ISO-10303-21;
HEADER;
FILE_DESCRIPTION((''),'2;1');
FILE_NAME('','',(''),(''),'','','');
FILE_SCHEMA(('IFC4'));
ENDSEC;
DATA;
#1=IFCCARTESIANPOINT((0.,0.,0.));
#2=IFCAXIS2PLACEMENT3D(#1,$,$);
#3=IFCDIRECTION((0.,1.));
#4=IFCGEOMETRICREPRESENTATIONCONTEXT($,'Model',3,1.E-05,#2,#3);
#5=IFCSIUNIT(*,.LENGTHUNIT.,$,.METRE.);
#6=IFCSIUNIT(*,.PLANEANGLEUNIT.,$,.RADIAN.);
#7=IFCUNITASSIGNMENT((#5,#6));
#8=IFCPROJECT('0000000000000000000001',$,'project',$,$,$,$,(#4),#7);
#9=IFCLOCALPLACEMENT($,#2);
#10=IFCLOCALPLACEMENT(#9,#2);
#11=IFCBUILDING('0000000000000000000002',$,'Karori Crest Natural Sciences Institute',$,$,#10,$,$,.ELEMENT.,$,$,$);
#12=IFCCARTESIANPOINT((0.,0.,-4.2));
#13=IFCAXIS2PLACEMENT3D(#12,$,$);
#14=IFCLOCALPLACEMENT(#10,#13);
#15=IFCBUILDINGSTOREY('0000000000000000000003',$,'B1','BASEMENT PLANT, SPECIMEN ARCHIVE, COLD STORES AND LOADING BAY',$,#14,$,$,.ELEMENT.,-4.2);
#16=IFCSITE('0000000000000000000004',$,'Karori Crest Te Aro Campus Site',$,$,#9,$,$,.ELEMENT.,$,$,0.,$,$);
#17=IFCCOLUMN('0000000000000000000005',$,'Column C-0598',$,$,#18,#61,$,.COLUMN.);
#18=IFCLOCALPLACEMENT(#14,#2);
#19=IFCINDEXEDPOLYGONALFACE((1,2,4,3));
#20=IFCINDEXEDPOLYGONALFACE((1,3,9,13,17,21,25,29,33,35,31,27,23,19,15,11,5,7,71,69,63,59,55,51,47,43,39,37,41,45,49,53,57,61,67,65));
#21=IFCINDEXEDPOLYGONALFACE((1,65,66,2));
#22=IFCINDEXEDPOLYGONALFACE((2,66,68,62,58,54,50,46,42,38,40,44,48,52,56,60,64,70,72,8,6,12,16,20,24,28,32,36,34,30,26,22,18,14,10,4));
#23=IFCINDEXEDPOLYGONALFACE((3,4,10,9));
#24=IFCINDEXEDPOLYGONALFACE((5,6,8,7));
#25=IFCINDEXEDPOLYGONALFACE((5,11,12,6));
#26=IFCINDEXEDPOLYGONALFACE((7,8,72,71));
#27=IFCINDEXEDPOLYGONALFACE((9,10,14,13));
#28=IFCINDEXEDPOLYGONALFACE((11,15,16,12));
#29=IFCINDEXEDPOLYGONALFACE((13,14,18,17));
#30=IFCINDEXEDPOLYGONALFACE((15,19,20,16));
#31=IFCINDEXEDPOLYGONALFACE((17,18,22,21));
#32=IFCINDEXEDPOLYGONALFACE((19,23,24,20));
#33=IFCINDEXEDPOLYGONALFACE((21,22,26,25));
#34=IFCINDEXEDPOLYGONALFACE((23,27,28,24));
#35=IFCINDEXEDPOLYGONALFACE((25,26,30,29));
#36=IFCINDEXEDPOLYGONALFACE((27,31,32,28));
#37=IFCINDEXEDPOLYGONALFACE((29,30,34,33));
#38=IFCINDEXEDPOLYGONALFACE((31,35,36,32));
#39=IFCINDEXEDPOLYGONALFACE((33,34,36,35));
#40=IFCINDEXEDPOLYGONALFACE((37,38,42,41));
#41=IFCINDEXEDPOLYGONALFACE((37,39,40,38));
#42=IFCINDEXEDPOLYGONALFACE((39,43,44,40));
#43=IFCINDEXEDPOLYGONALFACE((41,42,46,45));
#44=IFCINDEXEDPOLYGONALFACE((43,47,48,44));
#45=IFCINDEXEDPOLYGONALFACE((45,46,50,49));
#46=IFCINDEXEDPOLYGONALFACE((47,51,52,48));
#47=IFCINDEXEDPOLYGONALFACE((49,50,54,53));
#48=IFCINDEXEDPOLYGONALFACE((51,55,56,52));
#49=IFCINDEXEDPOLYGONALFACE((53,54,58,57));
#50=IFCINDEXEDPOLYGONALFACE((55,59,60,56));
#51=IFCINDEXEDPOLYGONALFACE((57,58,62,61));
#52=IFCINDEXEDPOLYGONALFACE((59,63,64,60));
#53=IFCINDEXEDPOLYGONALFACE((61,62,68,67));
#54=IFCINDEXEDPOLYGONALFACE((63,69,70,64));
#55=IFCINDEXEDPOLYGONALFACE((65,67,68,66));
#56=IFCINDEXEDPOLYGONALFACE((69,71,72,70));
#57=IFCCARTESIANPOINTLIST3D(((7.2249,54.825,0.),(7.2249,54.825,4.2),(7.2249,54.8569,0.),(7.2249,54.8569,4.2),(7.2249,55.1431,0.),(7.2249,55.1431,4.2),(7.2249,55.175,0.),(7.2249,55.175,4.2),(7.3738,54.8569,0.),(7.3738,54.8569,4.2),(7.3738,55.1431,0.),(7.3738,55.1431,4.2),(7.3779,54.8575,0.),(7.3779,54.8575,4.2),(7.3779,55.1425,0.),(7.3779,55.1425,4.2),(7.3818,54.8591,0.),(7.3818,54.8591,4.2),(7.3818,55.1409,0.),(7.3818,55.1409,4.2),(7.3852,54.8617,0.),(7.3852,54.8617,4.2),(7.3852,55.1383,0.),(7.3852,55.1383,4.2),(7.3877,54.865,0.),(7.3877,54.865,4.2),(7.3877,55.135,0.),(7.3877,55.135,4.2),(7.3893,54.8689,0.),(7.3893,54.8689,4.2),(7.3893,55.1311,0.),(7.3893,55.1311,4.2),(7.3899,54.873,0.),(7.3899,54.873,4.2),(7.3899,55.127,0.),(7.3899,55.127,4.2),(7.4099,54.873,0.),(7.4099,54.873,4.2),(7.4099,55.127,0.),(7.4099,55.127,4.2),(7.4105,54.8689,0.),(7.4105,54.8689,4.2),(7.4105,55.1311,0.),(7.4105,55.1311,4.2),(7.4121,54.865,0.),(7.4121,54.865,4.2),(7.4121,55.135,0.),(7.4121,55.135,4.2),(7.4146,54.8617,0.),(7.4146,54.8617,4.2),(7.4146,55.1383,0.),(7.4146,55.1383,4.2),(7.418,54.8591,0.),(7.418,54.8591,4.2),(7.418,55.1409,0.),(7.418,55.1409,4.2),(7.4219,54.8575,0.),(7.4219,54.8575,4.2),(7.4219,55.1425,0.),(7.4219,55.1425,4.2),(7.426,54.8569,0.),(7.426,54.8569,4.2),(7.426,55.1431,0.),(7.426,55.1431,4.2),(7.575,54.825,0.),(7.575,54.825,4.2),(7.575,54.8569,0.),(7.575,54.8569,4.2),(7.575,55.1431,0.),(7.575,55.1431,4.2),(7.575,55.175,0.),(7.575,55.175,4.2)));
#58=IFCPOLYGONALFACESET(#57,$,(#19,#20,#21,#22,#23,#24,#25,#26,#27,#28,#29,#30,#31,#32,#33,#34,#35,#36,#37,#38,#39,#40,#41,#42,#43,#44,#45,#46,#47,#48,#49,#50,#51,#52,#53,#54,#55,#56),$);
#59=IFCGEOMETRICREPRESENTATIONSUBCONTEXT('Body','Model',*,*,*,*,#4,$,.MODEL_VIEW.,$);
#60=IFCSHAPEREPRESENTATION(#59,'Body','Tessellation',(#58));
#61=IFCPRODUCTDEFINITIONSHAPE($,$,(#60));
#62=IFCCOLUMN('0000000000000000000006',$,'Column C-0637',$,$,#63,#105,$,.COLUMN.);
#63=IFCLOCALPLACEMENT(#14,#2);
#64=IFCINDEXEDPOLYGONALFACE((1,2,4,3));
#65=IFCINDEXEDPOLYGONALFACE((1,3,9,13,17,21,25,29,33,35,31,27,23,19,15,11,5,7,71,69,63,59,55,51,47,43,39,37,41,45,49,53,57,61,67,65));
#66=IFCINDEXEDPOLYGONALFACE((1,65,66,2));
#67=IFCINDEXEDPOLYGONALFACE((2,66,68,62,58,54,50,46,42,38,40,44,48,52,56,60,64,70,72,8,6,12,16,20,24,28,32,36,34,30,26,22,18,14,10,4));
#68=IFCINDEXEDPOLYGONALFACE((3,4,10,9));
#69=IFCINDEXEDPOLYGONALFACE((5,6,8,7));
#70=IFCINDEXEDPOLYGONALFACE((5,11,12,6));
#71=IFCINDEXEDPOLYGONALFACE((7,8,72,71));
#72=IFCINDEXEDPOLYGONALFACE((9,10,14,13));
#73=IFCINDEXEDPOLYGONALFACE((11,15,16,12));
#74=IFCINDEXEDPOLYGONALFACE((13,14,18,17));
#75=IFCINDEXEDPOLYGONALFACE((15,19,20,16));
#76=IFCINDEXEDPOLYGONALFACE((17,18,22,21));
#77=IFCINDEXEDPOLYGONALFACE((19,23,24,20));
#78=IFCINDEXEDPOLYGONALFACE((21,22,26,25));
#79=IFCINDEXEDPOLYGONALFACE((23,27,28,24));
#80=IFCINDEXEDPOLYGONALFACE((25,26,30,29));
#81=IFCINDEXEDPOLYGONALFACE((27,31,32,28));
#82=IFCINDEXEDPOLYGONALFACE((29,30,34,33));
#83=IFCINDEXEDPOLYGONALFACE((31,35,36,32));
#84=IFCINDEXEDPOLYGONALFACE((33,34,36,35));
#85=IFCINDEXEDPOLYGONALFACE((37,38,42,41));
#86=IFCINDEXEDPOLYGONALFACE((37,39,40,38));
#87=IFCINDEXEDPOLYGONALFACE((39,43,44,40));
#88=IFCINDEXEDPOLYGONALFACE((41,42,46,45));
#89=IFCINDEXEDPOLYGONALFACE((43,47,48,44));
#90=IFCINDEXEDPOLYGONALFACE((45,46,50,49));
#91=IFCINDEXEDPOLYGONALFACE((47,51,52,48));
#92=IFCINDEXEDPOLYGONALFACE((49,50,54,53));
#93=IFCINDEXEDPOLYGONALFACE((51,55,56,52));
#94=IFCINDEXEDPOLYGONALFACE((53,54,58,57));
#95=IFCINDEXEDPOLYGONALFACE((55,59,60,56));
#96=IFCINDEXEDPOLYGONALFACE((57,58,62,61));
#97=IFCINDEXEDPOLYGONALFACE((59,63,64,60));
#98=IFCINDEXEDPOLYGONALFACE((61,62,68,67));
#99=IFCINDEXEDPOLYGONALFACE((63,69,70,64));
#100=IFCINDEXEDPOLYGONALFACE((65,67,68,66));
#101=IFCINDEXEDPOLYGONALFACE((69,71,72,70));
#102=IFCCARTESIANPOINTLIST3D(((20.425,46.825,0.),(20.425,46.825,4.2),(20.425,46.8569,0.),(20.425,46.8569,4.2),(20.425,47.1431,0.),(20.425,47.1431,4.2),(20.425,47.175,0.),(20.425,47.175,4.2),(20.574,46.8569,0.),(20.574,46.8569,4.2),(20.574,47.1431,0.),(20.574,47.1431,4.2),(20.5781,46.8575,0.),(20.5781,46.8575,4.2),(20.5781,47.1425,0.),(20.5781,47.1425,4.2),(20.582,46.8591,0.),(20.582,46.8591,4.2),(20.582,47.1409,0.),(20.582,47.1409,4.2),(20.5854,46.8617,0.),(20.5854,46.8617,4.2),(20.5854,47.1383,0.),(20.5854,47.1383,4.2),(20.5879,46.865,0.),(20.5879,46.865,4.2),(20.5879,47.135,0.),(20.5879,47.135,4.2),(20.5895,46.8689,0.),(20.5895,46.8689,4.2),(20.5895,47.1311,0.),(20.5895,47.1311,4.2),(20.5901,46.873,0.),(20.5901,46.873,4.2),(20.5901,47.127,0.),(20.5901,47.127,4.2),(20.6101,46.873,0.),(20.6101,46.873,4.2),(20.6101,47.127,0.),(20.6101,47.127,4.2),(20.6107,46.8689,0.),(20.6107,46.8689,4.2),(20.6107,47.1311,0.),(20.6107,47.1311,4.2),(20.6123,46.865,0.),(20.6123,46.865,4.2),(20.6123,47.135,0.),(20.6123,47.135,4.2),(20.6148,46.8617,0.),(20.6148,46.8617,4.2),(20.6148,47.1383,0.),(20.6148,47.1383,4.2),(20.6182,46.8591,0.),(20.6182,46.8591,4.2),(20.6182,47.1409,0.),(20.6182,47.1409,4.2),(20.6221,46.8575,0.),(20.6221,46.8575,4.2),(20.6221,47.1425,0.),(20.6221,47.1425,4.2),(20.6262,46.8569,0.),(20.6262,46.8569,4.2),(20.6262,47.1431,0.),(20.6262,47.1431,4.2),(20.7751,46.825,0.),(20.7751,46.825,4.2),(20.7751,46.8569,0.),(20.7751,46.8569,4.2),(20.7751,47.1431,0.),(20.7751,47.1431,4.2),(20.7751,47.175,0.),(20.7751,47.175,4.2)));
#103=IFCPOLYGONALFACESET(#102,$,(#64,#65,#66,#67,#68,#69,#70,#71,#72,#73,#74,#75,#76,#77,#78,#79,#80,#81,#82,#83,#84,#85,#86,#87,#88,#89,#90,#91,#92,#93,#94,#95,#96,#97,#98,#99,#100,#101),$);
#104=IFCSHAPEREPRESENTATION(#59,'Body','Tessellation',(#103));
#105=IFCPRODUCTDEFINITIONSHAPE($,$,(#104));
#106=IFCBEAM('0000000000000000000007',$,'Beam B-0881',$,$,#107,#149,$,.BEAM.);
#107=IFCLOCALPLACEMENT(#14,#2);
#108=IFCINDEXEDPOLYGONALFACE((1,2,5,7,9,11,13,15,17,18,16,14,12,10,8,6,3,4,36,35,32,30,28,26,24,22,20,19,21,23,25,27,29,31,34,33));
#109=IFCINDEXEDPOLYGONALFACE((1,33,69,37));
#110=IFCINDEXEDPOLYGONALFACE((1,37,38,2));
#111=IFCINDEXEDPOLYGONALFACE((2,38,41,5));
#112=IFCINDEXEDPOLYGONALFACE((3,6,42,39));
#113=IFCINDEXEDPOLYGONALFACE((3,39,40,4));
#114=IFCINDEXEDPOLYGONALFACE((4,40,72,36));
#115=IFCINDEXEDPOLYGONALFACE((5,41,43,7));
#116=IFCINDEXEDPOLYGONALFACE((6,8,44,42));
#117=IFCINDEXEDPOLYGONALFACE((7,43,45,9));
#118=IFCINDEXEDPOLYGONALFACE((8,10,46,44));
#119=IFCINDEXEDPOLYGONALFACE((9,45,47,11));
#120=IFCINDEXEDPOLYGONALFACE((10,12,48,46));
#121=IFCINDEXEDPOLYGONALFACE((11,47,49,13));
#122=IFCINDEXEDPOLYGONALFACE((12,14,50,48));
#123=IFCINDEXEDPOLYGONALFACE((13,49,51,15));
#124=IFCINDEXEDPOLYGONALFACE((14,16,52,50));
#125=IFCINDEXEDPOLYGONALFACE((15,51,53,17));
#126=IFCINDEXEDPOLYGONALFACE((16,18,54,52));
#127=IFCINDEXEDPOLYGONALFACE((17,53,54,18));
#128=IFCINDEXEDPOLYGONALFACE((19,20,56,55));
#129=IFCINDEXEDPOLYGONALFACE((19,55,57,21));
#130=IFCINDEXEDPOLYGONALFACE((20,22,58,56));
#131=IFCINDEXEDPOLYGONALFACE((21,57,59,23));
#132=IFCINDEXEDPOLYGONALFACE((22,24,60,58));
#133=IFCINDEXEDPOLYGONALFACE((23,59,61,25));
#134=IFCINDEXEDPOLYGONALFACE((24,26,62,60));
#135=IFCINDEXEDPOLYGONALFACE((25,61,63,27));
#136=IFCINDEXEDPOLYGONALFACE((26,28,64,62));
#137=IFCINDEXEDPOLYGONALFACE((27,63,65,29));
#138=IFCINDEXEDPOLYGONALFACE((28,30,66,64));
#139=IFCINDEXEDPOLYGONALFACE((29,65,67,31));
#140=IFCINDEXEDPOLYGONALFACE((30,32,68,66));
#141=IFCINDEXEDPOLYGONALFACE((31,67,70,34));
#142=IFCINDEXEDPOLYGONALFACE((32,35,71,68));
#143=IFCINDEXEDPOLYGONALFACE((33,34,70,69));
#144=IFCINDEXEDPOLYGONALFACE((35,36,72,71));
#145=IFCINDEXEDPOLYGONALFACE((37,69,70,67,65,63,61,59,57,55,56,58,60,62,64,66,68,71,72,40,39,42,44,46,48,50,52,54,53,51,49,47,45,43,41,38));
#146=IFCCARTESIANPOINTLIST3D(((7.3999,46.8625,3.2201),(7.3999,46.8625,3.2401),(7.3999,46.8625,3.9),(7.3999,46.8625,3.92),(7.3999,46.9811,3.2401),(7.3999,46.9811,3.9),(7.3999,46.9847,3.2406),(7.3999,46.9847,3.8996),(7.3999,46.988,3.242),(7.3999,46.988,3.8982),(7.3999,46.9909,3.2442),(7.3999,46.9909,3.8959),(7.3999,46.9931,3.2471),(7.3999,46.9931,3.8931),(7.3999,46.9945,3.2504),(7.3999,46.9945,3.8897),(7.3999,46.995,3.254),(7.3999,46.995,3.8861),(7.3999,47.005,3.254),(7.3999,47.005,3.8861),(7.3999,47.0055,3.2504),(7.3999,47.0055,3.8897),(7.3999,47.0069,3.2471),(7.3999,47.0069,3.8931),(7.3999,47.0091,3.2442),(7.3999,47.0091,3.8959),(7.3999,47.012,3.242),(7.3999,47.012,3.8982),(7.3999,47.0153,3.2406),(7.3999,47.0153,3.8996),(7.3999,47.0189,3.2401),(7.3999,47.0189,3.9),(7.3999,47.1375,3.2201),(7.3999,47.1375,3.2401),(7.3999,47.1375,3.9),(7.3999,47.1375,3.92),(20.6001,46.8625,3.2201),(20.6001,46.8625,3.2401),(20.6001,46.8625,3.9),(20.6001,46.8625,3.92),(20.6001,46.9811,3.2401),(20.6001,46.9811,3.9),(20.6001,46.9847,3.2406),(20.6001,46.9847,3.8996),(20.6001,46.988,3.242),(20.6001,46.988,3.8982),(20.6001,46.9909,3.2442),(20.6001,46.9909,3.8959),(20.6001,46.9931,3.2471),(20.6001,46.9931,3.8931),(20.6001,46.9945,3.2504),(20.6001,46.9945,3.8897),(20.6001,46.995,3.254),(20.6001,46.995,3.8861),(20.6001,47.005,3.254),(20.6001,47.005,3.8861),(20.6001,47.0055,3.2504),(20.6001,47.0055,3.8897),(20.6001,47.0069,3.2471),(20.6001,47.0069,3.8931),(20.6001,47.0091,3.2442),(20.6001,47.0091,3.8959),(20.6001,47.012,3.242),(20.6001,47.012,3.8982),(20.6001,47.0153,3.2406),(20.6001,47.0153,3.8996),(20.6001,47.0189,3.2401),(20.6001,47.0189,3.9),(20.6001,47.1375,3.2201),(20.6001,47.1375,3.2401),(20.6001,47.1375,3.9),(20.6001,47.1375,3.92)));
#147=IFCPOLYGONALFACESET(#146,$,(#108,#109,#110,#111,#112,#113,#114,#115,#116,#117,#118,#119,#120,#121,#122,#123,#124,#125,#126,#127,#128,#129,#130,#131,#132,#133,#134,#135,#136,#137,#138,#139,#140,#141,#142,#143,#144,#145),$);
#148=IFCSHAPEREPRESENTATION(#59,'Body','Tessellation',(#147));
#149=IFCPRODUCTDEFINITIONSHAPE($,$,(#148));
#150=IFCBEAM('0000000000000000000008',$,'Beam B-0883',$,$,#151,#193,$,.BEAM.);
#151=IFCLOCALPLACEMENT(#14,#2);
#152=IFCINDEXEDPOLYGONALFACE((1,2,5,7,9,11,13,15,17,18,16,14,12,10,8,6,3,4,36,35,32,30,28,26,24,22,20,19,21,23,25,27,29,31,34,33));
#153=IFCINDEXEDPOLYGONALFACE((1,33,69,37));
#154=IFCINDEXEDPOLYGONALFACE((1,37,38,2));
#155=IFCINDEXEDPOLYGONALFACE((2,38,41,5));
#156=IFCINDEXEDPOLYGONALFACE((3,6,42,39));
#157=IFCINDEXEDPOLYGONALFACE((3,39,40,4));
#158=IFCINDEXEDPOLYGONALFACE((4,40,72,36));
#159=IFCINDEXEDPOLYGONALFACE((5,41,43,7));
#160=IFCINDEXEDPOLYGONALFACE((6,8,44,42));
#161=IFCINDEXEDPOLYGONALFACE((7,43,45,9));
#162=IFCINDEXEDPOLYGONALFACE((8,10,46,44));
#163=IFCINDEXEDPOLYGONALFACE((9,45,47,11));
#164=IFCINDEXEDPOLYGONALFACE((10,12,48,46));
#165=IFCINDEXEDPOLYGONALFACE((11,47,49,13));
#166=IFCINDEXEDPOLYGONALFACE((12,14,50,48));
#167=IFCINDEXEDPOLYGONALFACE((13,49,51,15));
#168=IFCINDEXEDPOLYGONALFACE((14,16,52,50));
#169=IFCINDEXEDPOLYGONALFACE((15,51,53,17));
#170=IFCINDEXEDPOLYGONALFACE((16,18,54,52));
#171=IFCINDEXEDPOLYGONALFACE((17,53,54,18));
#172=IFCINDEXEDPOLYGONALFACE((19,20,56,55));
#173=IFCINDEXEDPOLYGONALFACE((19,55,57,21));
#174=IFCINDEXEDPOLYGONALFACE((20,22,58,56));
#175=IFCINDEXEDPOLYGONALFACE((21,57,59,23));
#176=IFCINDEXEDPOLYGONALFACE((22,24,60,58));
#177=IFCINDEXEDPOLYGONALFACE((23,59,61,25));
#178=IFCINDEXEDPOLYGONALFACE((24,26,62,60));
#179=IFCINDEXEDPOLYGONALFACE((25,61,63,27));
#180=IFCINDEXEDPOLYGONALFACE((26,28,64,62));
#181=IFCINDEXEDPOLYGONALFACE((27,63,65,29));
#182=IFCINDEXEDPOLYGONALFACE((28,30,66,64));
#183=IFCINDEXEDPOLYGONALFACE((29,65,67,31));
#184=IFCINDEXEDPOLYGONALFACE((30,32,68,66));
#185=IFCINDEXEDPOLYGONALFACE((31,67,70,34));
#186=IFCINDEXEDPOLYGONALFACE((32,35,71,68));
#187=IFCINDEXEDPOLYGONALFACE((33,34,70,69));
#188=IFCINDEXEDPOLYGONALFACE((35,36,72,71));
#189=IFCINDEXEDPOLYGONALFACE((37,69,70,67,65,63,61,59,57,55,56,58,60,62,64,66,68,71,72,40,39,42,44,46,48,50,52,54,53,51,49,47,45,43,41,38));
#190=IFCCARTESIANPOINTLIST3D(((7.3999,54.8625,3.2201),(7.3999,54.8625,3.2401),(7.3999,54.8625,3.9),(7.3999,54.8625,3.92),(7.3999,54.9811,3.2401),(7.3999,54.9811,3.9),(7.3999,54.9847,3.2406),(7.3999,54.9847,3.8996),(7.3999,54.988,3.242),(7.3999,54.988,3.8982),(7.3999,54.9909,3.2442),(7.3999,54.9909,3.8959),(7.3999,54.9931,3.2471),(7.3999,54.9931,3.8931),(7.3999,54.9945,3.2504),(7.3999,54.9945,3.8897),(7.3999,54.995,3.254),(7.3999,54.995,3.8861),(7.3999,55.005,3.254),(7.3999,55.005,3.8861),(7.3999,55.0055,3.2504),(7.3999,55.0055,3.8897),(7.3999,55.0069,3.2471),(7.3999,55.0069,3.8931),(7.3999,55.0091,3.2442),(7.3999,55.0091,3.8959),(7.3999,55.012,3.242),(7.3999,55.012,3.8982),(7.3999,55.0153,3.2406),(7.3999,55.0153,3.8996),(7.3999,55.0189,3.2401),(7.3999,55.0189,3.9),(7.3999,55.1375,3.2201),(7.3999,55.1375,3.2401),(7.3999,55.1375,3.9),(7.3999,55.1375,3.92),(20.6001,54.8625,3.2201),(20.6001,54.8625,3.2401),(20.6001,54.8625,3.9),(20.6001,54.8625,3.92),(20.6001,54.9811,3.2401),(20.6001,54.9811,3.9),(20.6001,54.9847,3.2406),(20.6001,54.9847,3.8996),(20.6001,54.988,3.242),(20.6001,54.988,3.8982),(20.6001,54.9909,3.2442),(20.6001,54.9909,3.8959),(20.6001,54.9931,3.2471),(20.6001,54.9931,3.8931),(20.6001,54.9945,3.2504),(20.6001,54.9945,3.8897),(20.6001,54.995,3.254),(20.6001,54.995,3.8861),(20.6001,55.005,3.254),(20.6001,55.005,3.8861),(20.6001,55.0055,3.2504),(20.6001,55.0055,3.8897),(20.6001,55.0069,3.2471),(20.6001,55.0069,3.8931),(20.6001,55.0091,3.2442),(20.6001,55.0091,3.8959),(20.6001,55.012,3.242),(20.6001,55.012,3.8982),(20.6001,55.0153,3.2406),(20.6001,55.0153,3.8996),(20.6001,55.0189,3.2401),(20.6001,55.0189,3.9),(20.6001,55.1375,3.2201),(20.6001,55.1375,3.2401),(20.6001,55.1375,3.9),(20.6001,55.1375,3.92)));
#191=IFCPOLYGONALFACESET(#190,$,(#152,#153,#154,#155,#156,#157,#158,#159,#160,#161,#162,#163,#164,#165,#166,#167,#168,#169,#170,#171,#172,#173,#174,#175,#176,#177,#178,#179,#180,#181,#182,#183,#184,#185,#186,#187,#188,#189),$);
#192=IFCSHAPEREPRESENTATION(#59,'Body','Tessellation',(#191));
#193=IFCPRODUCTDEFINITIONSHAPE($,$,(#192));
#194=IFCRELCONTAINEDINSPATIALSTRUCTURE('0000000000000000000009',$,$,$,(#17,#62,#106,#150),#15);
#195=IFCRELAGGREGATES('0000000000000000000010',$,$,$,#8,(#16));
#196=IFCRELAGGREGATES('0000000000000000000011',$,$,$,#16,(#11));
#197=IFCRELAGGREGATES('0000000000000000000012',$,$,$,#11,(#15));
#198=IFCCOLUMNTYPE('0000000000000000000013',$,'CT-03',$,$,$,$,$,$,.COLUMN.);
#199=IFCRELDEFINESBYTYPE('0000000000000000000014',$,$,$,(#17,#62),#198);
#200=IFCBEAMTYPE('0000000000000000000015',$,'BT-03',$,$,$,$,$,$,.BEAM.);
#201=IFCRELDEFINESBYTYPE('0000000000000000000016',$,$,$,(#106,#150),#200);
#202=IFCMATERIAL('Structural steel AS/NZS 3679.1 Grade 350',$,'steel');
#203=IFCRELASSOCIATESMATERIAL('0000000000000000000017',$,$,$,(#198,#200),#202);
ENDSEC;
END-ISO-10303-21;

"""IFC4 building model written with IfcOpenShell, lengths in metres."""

from ifc_helpers import new_model, si_unit, direction, frame, origin, origin_2d, place, context, subcontext, project, spatial, i_section, extrude, material, material_profile, profile_set, type_object, element, save


model = new_model("IFC4")

# Units and contexts
model_context = context("Model", 3, precision=1e-05, world=origin(), true_north=direction((0.0, 1.0)))
body_context = subcontext(model_context, "Body", "Model", "MODEL_VIEW")
ifc_project = project(units=[si_unit("LENGTHUNIT", "METRE"), si_unit("PLANEANGLEUNIT", "RADIAN")], contexts=[model_context])

# Site, building, storey
site_placement = place(None, origin())
site = spatial("IfcSite", under=ifc_project, at=site_placement, Name="Karori Crest Te Aro Campus Site", CompositionType="ELEMENT", RefElevation=0.0)
building_placement = place(site_placement, origin())
building = spatial("IfcBuilding", under=site, at=building_placement, Name="Karori Crest Natural Sciences Institute", CompositionType="ELEMENT")
storey_placement = place(building_placement, frame((0.0, 0.0, -4.2)))
storey = spatial("IfcBuildingStorey", under=building, at=storey_placement, Name="B1", Description="BASEMENT PLANT, SPECIMEN ARCHIVE, COLD STORES AND LOADING BAY", CompositionType="ELEMENT", Elevation=-4.2)

# Columns
ifc_material_1 = material(Name="Structural steel AS/NZS 3679.1 Grade 350", Category="steel")
ifc_material_profile_1 = material_profile(ifc_material_1, i_section(OverallWidth=0.3501, OverallDepth=0.3501, WebThickness=0.02, FlangeThickness=0.032, FilletRadius=0.0161, at=origin_2d()), Name="350WC280")
ifc_profile_set_1 = profile_set([ifc_material_profile_1], Name="Structural steel AS/NZS 3679.1 Grade 350")
column_type = type_object("IfcColumnType", Name="CT-03", PredefinedType="COLUMN", material=ifc_profile_set_1)
for number, where, z_axis, x_axis, name in (
    (1, (7.3999, 55.0, 0.0), (0.0, 0.0, 1.0), (1.0, 0.0, 0.0), "Column C-0598"),
    (2, (20.6001, 47.0, 0.0), (0.0, 0.0, 1.0), (1.0, 0.0, 0.0), "Column C-0637"),
):
    element("IfcColumn", number, at=place(storey_placement, frame(where, z_axis=z_axis, x_axis=x_axis)), inside=storey, type_object=column_type, Name=name, PredefinedType="COLUMN", context=body_context, shape_type="SweptSolid", body=[
        extrude(i_section(OverallWidth=0.3501, OverallDepth=0.3501, WebThickness=0.02, FlangeThickness=0.032, FilletRadius=0.0161, at=origin_2d()), origin(), (0.0, 0.0, 1.0), 4.2),
    ])

# Beams
ifc_material_profile_2 = material_profile(ifc_material_1, i_section(OverallWidth=0.2749, OverallDepth=0.7, WebThickness=0.01, FlangeThickness=0.02, FilletRadius=0.0139, at=origin_2d()), Name="700WB150")
ifc_profile_set_2 = profile_set([ifc_material_profile_2], Name="Structural steel AS/NZS 3679.1 Grade 350")
beam_type_1 = type_object("IfcBeamType", Name="BT-03", PredefinedType="BEAM", material=ifc_profile_set_2)
for number, where, z_axis, x_axis, name in (
    (3, (7.3999, 47.0, 3.5701), (1.0, 0.0, 0.0), (0.0, 1.0, 0.0), "Beam B-0881"),
    (4, (7.3999, 55.0, 3.5701), (1.0, 0.0, 0.0), (0.0, 1.0, 0.0), "Beam B-0883"),
):
    element("IfcBeam", number, at=place(storey_placement, frame(where, z_axis=z_axis, x_axis=x_axis)), inside=storey, type_object=beam_type_1, Name=name, PredefinedType="BEAM", context=body_context, shape_type="SweptSolid", body=[
        extrude(i_section(OverallWidth=0.2749, OverallDepth=0.7, WebThickness=0.01, FlangeThickness=0.02, FilletRadius=0.0139, at=origin_2d()), origin(), (0.0, 0.0, 1.0), 13.2002),
    ])

save(model, "model.ifc")
